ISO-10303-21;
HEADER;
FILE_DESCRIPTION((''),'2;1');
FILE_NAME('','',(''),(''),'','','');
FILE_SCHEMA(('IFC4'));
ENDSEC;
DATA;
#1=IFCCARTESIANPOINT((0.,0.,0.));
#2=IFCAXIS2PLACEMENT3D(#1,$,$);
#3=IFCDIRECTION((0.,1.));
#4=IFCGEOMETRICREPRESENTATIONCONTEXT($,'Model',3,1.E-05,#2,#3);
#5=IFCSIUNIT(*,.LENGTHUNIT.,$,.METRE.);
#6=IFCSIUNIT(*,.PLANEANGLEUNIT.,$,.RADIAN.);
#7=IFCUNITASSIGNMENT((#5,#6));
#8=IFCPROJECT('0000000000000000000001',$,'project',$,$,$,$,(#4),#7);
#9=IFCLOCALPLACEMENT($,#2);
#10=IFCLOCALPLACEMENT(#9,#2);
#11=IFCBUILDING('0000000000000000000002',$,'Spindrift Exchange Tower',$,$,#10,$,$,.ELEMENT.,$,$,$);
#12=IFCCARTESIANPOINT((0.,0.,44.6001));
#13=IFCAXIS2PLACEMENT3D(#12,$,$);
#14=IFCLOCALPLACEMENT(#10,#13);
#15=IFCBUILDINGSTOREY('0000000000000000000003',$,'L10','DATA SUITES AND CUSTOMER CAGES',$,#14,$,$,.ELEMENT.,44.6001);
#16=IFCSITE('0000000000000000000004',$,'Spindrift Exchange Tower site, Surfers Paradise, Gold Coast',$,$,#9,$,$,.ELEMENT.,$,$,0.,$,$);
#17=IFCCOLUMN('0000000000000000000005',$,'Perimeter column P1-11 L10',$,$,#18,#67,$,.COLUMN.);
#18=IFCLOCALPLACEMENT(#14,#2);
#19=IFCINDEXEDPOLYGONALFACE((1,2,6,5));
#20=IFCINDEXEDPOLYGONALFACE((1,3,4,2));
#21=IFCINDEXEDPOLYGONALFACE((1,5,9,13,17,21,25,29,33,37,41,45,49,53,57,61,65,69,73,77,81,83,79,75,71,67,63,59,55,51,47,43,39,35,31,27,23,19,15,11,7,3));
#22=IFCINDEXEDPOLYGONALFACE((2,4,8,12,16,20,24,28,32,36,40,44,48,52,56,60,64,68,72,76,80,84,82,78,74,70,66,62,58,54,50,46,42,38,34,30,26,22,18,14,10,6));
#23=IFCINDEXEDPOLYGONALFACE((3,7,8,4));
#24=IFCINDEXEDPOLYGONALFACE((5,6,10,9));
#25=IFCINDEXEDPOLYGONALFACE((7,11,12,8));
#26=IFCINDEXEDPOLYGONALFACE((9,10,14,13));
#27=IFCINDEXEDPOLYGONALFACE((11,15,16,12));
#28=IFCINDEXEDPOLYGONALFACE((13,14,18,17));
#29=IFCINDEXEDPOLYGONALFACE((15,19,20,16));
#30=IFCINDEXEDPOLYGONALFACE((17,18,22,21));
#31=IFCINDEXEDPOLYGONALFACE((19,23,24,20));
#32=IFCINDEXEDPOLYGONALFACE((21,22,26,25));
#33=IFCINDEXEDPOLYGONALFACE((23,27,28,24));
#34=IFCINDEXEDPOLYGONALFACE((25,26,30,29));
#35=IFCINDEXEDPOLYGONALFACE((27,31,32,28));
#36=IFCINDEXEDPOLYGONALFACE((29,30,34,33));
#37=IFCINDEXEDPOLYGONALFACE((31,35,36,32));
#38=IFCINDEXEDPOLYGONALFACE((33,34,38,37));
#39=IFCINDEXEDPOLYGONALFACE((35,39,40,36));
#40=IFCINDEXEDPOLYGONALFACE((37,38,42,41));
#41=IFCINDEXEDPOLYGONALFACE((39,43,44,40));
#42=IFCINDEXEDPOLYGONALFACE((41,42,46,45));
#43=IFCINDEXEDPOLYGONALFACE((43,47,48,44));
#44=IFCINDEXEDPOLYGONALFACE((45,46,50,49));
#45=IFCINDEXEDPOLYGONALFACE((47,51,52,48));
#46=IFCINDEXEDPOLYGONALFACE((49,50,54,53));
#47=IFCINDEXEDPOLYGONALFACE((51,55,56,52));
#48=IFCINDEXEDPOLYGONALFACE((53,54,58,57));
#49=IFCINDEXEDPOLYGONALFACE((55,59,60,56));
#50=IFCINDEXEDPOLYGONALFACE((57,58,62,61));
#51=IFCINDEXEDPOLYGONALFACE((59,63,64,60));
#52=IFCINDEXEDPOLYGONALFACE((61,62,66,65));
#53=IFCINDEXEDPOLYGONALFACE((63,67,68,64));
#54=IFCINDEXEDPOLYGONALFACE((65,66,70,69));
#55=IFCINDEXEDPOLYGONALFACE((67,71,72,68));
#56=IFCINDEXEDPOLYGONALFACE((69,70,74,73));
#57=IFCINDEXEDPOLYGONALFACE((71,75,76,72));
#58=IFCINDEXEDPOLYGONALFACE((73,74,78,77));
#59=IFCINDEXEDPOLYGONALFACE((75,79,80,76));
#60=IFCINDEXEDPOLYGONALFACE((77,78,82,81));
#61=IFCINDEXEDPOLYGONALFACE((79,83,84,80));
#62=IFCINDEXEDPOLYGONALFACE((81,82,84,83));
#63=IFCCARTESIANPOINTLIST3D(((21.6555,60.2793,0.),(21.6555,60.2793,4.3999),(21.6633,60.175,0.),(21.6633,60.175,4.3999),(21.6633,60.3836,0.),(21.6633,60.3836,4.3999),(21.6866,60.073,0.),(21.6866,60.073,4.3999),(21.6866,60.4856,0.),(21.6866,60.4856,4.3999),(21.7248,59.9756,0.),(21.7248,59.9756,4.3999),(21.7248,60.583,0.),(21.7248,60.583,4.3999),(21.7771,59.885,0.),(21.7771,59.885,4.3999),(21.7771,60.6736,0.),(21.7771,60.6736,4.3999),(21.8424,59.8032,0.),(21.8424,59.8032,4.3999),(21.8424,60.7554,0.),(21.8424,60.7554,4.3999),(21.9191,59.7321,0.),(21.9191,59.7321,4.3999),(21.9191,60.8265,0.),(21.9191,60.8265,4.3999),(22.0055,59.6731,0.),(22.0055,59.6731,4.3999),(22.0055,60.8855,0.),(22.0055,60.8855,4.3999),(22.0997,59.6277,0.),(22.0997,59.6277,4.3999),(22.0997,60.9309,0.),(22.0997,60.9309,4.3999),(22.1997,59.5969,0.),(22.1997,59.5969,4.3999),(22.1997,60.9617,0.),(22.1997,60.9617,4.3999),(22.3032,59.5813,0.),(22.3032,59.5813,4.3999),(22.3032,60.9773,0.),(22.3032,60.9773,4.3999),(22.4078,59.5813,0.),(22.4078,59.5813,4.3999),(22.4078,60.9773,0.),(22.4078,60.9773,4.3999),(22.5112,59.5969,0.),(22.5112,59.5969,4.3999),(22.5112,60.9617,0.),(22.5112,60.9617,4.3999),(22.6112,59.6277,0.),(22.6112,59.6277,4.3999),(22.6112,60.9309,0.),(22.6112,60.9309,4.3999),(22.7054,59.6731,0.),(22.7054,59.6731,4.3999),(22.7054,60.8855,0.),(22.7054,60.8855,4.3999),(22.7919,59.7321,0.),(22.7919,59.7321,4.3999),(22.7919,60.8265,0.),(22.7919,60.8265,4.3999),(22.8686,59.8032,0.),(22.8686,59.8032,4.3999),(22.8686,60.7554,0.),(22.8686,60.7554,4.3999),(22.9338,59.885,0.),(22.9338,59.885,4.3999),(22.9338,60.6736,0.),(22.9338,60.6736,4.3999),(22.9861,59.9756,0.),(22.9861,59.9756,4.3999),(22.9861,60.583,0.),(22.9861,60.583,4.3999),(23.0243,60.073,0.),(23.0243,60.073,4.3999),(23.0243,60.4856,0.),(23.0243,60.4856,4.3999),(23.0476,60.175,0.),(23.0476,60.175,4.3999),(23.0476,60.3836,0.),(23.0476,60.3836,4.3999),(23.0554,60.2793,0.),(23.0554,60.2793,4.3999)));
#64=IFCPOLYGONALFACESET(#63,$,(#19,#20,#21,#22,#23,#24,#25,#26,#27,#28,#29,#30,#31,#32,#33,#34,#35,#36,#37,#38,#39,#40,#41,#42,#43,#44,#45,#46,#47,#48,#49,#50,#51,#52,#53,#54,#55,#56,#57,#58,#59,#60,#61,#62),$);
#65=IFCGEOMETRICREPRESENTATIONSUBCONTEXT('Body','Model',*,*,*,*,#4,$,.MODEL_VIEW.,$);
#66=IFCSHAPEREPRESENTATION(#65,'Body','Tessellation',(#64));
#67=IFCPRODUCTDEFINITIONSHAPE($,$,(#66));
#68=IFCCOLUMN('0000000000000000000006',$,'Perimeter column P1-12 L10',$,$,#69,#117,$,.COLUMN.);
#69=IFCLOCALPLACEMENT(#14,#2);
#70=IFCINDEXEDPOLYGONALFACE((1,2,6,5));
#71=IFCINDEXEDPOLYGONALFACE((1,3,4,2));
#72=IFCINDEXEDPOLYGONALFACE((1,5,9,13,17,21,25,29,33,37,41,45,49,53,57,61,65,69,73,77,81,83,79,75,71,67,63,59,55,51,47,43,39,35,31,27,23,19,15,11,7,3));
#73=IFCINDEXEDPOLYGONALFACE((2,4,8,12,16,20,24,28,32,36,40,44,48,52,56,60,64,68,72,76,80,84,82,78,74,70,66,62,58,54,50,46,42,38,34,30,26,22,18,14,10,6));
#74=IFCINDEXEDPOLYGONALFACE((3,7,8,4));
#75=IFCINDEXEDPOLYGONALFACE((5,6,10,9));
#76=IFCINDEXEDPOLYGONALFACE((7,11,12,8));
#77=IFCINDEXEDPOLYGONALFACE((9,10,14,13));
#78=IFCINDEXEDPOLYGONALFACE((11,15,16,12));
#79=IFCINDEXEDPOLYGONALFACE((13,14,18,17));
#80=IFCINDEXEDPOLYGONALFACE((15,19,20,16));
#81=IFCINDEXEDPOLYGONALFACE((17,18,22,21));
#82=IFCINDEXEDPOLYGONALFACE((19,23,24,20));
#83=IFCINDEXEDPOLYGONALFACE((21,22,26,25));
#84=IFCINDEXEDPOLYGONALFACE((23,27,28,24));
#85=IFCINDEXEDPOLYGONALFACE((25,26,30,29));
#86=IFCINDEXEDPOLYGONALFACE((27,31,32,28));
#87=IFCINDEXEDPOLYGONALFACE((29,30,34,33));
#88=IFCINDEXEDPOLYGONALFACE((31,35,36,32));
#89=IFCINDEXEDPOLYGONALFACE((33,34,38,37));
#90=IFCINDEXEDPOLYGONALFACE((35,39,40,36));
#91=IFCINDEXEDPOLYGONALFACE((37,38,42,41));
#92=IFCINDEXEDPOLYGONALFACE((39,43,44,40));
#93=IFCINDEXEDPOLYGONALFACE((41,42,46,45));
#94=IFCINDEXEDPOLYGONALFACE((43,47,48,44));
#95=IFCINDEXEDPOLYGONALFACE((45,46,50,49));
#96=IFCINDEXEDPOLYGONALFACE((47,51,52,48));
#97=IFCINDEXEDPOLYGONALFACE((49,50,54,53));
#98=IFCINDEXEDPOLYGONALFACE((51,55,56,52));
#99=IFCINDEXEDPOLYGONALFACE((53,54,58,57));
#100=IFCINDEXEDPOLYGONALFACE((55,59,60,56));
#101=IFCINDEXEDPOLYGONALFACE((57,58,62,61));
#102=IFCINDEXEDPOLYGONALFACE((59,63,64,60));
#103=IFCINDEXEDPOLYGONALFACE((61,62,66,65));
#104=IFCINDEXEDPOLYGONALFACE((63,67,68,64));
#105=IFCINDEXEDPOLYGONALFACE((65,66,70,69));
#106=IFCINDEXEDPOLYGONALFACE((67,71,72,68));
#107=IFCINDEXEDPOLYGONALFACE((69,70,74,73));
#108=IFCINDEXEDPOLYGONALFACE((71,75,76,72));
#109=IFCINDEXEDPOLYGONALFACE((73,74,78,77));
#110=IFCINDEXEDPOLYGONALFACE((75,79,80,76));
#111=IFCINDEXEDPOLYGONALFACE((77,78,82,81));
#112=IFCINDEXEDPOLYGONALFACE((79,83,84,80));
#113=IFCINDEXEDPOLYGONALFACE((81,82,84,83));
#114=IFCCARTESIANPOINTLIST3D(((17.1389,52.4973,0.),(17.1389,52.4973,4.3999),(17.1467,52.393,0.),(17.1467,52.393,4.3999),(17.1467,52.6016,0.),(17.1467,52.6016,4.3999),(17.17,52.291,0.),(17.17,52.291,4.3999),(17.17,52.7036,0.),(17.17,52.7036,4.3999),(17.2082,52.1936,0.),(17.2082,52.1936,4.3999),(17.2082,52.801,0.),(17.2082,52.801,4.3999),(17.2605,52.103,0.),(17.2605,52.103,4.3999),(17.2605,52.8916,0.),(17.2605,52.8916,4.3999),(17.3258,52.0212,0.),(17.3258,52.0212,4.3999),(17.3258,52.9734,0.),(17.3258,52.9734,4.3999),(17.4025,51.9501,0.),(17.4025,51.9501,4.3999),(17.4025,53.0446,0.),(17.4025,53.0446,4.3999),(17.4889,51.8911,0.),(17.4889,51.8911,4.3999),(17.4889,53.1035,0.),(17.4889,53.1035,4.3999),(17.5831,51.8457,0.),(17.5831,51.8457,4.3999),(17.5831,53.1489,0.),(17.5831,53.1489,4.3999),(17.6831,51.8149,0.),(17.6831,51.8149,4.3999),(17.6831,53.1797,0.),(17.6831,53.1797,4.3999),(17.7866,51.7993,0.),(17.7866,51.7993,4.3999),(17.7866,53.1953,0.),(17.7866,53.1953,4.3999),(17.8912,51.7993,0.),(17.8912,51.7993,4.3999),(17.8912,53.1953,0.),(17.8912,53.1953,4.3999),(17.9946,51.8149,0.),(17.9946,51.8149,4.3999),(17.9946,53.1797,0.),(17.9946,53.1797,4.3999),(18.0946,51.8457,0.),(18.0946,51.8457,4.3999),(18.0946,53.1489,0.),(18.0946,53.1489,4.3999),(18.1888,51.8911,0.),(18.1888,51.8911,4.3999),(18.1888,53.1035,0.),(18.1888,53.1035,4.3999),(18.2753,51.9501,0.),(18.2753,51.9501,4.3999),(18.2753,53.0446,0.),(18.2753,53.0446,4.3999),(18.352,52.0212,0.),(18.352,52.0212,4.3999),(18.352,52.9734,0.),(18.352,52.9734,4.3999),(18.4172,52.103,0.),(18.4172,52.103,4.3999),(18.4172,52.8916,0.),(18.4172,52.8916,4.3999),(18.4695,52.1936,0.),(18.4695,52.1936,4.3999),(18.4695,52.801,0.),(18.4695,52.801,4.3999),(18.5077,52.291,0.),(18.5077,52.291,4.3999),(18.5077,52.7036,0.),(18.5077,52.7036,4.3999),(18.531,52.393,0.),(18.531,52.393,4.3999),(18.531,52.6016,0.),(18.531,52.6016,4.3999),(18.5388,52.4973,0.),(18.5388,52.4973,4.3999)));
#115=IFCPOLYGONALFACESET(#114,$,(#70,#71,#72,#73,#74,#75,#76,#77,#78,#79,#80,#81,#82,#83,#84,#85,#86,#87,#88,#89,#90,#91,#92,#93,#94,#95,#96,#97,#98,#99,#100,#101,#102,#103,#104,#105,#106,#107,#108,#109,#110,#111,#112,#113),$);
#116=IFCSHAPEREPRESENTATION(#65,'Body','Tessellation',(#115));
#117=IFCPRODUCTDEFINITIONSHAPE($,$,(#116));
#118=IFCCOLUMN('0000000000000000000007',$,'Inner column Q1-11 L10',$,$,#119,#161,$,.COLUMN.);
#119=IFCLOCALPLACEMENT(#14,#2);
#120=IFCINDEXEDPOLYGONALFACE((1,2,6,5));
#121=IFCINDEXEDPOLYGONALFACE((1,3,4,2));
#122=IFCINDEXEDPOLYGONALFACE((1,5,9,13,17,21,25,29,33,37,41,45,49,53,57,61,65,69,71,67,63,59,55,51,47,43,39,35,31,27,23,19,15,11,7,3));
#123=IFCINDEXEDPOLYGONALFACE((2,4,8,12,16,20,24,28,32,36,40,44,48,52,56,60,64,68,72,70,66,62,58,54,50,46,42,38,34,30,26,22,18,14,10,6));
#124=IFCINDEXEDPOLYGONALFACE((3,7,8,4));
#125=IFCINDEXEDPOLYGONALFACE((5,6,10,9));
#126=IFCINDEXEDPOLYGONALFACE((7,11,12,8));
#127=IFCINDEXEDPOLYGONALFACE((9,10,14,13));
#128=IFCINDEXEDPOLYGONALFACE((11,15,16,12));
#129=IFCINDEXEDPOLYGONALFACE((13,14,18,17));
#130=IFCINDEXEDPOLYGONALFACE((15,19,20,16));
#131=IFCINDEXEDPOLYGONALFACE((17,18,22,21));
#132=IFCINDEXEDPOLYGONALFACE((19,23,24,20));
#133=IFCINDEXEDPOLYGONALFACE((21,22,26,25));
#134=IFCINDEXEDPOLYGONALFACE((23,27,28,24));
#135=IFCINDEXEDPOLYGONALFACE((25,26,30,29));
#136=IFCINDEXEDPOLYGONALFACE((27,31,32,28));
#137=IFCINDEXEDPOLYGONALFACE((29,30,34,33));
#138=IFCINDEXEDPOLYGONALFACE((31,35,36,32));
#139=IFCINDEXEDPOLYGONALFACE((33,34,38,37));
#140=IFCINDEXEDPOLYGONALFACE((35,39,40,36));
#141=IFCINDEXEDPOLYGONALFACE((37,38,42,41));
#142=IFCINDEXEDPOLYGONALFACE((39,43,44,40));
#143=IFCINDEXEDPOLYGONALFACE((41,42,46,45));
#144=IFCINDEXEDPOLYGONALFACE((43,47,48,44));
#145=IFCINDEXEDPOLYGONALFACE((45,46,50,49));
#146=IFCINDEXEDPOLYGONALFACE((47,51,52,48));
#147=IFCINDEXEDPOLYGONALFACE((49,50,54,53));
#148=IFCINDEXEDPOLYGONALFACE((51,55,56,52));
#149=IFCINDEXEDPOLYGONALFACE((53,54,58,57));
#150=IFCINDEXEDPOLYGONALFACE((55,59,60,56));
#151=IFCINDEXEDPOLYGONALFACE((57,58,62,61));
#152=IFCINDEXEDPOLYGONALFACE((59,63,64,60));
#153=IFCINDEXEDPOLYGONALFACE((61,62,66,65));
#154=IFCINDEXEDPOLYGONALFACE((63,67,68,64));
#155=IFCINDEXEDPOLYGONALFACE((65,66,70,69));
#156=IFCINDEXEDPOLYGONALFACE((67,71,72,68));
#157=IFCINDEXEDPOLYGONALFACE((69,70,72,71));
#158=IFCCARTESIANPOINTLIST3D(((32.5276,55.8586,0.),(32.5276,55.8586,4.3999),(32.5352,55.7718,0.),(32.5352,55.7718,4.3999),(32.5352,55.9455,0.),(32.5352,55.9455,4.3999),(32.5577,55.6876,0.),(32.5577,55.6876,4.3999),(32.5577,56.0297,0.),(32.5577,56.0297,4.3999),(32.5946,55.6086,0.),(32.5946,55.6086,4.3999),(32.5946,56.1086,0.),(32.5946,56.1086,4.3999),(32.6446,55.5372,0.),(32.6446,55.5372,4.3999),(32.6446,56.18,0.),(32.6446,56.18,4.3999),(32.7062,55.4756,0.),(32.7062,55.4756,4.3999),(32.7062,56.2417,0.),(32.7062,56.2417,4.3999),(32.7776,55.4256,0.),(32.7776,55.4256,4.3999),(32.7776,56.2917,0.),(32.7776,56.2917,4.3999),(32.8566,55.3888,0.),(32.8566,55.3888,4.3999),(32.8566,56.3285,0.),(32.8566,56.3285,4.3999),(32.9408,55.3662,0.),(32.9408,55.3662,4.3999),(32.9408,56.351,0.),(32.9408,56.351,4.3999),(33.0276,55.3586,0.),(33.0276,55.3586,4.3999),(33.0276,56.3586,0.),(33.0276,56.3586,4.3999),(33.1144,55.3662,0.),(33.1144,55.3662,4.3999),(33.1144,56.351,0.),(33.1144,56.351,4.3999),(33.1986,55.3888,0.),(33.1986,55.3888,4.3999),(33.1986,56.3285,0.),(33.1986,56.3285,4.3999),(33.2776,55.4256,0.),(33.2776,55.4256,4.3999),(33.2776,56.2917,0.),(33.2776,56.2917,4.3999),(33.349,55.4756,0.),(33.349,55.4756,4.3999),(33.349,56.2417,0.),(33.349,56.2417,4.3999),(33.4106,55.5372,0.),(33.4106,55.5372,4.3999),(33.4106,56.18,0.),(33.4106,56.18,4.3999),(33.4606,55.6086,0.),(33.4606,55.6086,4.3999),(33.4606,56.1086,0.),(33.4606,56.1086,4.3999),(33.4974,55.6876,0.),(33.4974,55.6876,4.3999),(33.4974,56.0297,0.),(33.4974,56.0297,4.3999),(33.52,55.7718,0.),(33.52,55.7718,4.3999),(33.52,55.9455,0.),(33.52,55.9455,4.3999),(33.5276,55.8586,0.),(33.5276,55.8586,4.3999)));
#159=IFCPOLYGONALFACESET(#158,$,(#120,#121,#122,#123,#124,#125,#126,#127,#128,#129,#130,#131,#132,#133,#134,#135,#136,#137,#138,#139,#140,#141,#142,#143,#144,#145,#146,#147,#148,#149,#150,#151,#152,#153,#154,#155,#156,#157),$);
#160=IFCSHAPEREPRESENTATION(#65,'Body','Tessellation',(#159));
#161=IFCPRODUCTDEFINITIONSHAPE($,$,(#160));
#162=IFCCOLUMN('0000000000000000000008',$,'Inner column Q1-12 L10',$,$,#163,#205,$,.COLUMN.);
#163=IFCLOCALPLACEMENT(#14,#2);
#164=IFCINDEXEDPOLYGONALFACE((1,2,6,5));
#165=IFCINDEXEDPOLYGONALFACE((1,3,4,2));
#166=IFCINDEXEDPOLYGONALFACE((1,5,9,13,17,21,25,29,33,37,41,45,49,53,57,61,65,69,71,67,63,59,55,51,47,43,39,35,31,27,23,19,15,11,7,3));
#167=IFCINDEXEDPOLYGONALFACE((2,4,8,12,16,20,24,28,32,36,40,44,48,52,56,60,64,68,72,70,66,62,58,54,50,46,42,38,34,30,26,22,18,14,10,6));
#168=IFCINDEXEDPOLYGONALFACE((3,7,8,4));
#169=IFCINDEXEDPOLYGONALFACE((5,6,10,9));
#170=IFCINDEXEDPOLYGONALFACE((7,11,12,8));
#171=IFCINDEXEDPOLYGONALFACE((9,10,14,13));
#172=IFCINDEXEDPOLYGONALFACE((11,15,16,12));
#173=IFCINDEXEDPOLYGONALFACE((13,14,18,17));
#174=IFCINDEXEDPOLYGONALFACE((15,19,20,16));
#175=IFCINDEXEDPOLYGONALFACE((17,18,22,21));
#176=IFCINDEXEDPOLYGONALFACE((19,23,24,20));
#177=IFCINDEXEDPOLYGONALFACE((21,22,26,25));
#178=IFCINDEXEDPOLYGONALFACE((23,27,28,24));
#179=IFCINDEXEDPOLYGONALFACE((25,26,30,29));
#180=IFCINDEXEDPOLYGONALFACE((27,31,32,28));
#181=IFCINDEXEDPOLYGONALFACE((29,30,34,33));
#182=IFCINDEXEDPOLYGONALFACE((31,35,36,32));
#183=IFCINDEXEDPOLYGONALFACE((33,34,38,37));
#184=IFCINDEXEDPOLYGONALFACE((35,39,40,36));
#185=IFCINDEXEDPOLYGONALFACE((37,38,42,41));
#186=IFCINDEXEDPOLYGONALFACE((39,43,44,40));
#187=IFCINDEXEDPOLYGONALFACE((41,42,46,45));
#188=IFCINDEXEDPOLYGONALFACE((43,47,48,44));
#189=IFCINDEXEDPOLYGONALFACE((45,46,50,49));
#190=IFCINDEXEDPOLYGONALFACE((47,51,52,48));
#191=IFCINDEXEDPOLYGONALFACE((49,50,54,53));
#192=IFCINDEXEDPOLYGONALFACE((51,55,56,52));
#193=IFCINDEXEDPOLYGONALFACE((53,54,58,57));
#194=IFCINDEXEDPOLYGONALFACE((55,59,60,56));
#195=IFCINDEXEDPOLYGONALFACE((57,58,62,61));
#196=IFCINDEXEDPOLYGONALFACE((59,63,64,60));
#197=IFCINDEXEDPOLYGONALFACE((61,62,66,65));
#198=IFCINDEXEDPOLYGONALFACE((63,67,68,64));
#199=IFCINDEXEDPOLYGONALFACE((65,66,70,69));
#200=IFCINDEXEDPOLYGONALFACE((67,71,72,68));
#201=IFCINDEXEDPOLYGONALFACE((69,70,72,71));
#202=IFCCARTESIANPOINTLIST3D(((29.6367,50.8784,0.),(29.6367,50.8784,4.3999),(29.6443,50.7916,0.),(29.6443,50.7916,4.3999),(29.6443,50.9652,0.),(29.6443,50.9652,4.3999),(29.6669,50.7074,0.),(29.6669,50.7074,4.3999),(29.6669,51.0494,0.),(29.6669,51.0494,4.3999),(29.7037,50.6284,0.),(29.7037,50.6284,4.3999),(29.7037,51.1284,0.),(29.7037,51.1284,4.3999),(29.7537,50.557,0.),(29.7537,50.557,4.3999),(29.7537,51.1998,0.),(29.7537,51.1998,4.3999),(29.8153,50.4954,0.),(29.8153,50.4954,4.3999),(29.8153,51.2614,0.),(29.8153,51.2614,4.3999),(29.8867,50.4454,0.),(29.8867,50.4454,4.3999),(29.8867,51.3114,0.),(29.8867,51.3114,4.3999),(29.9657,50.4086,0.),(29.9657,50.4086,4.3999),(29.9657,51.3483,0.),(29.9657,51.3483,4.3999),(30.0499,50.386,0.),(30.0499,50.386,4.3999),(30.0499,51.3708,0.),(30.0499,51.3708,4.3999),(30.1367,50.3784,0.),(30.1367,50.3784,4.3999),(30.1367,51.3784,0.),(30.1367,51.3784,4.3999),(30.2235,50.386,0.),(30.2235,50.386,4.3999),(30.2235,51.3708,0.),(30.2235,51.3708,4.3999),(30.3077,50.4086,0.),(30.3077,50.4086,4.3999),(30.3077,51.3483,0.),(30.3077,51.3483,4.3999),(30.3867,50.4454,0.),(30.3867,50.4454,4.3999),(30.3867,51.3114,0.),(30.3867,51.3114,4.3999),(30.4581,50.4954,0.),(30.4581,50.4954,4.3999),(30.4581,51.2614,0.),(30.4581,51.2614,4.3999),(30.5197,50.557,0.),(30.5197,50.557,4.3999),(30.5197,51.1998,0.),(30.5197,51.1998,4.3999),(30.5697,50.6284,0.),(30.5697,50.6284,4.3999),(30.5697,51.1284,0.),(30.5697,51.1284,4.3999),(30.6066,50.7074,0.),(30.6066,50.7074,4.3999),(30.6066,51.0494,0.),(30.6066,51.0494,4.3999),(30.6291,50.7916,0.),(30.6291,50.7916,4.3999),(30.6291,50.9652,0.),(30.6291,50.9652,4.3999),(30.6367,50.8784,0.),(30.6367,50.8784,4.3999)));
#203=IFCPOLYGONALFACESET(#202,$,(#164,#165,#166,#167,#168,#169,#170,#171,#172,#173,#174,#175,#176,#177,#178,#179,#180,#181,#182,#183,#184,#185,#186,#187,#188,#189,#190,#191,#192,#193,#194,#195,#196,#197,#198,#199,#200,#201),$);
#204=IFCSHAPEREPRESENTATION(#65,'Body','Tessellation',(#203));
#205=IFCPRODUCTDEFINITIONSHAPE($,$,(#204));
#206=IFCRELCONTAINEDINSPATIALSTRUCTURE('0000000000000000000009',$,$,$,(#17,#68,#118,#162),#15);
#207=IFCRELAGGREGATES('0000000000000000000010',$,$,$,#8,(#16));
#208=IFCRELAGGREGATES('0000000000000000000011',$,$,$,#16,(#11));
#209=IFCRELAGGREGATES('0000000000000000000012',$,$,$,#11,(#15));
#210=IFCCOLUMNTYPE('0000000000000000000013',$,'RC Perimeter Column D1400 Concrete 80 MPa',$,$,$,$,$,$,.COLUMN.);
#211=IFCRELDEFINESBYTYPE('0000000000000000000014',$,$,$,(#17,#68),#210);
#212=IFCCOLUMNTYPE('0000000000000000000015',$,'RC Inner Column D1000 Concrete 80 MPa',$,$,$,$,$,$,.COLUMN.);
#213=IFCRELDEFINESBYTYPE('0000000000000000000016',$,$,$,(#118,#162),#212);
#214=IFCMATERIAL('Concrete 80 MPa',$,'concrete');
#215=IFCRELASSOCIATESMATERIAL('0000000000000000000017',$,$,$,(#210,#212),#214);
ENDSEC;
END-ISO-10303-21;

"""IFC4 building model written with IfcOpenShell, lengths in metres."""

from ifc_helpers import new_model, si_unit, direction, frame, origin, origin_2d, place, context, subcontext, project, spatial, circle, extrude, source, transform, mapped, material, material_profile, profile_set, type_object, element, save


model = new_model("IFC4")

# Units and contexts
model_context = context("Model", 3, precision=1e-05, world=origin(), true_north=direction((0.0, 1.0)))
body_context = subcontext(model_context, "Body", "Model", "MODEL_VIEW")
ifc_project = project(units=[si_unit("LENGTHUNIT", "METRE"), si_unit("PLANEANGLEUNIT", "RADIAN")], contexts=[model_context])

# Site, building, storey
site_placement = place(None, origin())
site = spatial("IfcSite", under=ifc_project, at=site_placement, Name="Spindrift Exchange Tower site, Surfers Paradise, Gold Coast", CompositionType="ELEMENT", RefElevation=0.0)
building_placement = place(site_placement, origin())
building = spatial("IfcBuilding", under=site, at=building_placement, Name="Spindrift Exchange Tower", CompositionType="ELEMENT")
storey_placement = place(building_placement, frame((0.0, 0.0, 44.6001)))
storey = spatial("IfcBuildingStorey", under=building, at=storey_placement, Name="L10", Description="DATA SUITES AND CUSTOMER CAGES", CompositionType="ELEMENT", Elevation=44.6001)

# Columns
ifc_material_1 = material(Name="Concrete 80 MPa", Category="concrete")
ifc_material_profile_1 = material_profile(ifc_material_1, circle(Radius=0.7, at=origin_2d()), Name="RC D1400")
ifc_profile_set_1 = profile_set([ifc_material_profile_1], Name="Concrete 80 MPa")
column_type_1 = type_object("IfcColumnType", Name="RC Perimeter Column D1400 Concrete 80 MPa", PredefinedType="COLUMN", material=ifc_profile_set_1)
shared_shape_1 = source(origin(), body_context, "Body", "SweptSolid", [
    extrude(circle(Radius=0.7, at=origin_2d()), origin(), (0.0, 0.0, 1.0), 4.3999),
])
for number, where, z_axis, x_axis, name in (
    (1, (22.3555, 60.2793, 0.0), (0.0, 0.0, 1.0), (1.0, 0.0, 0.0), "Perimeter column P1-11 L10"),
    (2, (17.8389, 52.4973, 0.0), (0.0, 0.0, 1.0), (1.0, 0.0, 0.0), "Perimeter column P1-12 L10"),
):
    element("IfcColumn", number, at=place(storey_placement, frame(where, z_axis=z_axis, x_axis=x_axis)), inside=storey, type_object=column_type_1, Name=name, PredefinedType="COLUMN", context=body_context, shape_type="MappedRepresentation", body=[
        mapped(shared_shape_1, transform((0.0, 0.0, 0.0), scale=1.0)),
    ])
ifc_material_profile_2 = material_profile(ifc_material_1, circle(Radius=0.5, at=origin_2d()), Name="RC D1000")
ifc_profile_set_2 = profile_set([ifc_material_profile_2], Name="Concrete 80 MPa")
column_type_2 = type_object("IfcColumnType", Name="RC Inner Column D1000 Concrete 80 MPa", PredefinedType="COLUMN", material=ifc_profile_set_2)
shared_shape_2 = source(origin(), body_context, "Body", "SweptSolid", [
    extrude(circle(Radius=0.5, at=origin_2d()), origin(), (0.0, 0.0, 1.0), 4.3999),
])
for number, where, z_axis, x_axis, name in (
    (3, (33.0276, 55.8586, 0.0), (0.0, 0.0, 1.0), (1.0, 0.0, 0.0), "Inner column Q1-11 L10"),
    (4, (30.1367, 50.8784, 0.0), (0.0, 0.0, 1.0), (1.0, 0.0, 0.0), "Inner column Q1-12 L10"),
):
    element("IfcColumn", number, at=place(storey_placement, frame(where, z_axis=z_axis, x_axis=x_axis)), inside=storey, type_object=column_type_2, Name=name, PredefinedType="COLUMN", context=body_context, shape_type="MappedRepresentation", body=[
        mapped(shared_shape_2, transform((0.0, 0.0, 0.0), scale=1.0)),
    ])

save(model, "model.ifc")
